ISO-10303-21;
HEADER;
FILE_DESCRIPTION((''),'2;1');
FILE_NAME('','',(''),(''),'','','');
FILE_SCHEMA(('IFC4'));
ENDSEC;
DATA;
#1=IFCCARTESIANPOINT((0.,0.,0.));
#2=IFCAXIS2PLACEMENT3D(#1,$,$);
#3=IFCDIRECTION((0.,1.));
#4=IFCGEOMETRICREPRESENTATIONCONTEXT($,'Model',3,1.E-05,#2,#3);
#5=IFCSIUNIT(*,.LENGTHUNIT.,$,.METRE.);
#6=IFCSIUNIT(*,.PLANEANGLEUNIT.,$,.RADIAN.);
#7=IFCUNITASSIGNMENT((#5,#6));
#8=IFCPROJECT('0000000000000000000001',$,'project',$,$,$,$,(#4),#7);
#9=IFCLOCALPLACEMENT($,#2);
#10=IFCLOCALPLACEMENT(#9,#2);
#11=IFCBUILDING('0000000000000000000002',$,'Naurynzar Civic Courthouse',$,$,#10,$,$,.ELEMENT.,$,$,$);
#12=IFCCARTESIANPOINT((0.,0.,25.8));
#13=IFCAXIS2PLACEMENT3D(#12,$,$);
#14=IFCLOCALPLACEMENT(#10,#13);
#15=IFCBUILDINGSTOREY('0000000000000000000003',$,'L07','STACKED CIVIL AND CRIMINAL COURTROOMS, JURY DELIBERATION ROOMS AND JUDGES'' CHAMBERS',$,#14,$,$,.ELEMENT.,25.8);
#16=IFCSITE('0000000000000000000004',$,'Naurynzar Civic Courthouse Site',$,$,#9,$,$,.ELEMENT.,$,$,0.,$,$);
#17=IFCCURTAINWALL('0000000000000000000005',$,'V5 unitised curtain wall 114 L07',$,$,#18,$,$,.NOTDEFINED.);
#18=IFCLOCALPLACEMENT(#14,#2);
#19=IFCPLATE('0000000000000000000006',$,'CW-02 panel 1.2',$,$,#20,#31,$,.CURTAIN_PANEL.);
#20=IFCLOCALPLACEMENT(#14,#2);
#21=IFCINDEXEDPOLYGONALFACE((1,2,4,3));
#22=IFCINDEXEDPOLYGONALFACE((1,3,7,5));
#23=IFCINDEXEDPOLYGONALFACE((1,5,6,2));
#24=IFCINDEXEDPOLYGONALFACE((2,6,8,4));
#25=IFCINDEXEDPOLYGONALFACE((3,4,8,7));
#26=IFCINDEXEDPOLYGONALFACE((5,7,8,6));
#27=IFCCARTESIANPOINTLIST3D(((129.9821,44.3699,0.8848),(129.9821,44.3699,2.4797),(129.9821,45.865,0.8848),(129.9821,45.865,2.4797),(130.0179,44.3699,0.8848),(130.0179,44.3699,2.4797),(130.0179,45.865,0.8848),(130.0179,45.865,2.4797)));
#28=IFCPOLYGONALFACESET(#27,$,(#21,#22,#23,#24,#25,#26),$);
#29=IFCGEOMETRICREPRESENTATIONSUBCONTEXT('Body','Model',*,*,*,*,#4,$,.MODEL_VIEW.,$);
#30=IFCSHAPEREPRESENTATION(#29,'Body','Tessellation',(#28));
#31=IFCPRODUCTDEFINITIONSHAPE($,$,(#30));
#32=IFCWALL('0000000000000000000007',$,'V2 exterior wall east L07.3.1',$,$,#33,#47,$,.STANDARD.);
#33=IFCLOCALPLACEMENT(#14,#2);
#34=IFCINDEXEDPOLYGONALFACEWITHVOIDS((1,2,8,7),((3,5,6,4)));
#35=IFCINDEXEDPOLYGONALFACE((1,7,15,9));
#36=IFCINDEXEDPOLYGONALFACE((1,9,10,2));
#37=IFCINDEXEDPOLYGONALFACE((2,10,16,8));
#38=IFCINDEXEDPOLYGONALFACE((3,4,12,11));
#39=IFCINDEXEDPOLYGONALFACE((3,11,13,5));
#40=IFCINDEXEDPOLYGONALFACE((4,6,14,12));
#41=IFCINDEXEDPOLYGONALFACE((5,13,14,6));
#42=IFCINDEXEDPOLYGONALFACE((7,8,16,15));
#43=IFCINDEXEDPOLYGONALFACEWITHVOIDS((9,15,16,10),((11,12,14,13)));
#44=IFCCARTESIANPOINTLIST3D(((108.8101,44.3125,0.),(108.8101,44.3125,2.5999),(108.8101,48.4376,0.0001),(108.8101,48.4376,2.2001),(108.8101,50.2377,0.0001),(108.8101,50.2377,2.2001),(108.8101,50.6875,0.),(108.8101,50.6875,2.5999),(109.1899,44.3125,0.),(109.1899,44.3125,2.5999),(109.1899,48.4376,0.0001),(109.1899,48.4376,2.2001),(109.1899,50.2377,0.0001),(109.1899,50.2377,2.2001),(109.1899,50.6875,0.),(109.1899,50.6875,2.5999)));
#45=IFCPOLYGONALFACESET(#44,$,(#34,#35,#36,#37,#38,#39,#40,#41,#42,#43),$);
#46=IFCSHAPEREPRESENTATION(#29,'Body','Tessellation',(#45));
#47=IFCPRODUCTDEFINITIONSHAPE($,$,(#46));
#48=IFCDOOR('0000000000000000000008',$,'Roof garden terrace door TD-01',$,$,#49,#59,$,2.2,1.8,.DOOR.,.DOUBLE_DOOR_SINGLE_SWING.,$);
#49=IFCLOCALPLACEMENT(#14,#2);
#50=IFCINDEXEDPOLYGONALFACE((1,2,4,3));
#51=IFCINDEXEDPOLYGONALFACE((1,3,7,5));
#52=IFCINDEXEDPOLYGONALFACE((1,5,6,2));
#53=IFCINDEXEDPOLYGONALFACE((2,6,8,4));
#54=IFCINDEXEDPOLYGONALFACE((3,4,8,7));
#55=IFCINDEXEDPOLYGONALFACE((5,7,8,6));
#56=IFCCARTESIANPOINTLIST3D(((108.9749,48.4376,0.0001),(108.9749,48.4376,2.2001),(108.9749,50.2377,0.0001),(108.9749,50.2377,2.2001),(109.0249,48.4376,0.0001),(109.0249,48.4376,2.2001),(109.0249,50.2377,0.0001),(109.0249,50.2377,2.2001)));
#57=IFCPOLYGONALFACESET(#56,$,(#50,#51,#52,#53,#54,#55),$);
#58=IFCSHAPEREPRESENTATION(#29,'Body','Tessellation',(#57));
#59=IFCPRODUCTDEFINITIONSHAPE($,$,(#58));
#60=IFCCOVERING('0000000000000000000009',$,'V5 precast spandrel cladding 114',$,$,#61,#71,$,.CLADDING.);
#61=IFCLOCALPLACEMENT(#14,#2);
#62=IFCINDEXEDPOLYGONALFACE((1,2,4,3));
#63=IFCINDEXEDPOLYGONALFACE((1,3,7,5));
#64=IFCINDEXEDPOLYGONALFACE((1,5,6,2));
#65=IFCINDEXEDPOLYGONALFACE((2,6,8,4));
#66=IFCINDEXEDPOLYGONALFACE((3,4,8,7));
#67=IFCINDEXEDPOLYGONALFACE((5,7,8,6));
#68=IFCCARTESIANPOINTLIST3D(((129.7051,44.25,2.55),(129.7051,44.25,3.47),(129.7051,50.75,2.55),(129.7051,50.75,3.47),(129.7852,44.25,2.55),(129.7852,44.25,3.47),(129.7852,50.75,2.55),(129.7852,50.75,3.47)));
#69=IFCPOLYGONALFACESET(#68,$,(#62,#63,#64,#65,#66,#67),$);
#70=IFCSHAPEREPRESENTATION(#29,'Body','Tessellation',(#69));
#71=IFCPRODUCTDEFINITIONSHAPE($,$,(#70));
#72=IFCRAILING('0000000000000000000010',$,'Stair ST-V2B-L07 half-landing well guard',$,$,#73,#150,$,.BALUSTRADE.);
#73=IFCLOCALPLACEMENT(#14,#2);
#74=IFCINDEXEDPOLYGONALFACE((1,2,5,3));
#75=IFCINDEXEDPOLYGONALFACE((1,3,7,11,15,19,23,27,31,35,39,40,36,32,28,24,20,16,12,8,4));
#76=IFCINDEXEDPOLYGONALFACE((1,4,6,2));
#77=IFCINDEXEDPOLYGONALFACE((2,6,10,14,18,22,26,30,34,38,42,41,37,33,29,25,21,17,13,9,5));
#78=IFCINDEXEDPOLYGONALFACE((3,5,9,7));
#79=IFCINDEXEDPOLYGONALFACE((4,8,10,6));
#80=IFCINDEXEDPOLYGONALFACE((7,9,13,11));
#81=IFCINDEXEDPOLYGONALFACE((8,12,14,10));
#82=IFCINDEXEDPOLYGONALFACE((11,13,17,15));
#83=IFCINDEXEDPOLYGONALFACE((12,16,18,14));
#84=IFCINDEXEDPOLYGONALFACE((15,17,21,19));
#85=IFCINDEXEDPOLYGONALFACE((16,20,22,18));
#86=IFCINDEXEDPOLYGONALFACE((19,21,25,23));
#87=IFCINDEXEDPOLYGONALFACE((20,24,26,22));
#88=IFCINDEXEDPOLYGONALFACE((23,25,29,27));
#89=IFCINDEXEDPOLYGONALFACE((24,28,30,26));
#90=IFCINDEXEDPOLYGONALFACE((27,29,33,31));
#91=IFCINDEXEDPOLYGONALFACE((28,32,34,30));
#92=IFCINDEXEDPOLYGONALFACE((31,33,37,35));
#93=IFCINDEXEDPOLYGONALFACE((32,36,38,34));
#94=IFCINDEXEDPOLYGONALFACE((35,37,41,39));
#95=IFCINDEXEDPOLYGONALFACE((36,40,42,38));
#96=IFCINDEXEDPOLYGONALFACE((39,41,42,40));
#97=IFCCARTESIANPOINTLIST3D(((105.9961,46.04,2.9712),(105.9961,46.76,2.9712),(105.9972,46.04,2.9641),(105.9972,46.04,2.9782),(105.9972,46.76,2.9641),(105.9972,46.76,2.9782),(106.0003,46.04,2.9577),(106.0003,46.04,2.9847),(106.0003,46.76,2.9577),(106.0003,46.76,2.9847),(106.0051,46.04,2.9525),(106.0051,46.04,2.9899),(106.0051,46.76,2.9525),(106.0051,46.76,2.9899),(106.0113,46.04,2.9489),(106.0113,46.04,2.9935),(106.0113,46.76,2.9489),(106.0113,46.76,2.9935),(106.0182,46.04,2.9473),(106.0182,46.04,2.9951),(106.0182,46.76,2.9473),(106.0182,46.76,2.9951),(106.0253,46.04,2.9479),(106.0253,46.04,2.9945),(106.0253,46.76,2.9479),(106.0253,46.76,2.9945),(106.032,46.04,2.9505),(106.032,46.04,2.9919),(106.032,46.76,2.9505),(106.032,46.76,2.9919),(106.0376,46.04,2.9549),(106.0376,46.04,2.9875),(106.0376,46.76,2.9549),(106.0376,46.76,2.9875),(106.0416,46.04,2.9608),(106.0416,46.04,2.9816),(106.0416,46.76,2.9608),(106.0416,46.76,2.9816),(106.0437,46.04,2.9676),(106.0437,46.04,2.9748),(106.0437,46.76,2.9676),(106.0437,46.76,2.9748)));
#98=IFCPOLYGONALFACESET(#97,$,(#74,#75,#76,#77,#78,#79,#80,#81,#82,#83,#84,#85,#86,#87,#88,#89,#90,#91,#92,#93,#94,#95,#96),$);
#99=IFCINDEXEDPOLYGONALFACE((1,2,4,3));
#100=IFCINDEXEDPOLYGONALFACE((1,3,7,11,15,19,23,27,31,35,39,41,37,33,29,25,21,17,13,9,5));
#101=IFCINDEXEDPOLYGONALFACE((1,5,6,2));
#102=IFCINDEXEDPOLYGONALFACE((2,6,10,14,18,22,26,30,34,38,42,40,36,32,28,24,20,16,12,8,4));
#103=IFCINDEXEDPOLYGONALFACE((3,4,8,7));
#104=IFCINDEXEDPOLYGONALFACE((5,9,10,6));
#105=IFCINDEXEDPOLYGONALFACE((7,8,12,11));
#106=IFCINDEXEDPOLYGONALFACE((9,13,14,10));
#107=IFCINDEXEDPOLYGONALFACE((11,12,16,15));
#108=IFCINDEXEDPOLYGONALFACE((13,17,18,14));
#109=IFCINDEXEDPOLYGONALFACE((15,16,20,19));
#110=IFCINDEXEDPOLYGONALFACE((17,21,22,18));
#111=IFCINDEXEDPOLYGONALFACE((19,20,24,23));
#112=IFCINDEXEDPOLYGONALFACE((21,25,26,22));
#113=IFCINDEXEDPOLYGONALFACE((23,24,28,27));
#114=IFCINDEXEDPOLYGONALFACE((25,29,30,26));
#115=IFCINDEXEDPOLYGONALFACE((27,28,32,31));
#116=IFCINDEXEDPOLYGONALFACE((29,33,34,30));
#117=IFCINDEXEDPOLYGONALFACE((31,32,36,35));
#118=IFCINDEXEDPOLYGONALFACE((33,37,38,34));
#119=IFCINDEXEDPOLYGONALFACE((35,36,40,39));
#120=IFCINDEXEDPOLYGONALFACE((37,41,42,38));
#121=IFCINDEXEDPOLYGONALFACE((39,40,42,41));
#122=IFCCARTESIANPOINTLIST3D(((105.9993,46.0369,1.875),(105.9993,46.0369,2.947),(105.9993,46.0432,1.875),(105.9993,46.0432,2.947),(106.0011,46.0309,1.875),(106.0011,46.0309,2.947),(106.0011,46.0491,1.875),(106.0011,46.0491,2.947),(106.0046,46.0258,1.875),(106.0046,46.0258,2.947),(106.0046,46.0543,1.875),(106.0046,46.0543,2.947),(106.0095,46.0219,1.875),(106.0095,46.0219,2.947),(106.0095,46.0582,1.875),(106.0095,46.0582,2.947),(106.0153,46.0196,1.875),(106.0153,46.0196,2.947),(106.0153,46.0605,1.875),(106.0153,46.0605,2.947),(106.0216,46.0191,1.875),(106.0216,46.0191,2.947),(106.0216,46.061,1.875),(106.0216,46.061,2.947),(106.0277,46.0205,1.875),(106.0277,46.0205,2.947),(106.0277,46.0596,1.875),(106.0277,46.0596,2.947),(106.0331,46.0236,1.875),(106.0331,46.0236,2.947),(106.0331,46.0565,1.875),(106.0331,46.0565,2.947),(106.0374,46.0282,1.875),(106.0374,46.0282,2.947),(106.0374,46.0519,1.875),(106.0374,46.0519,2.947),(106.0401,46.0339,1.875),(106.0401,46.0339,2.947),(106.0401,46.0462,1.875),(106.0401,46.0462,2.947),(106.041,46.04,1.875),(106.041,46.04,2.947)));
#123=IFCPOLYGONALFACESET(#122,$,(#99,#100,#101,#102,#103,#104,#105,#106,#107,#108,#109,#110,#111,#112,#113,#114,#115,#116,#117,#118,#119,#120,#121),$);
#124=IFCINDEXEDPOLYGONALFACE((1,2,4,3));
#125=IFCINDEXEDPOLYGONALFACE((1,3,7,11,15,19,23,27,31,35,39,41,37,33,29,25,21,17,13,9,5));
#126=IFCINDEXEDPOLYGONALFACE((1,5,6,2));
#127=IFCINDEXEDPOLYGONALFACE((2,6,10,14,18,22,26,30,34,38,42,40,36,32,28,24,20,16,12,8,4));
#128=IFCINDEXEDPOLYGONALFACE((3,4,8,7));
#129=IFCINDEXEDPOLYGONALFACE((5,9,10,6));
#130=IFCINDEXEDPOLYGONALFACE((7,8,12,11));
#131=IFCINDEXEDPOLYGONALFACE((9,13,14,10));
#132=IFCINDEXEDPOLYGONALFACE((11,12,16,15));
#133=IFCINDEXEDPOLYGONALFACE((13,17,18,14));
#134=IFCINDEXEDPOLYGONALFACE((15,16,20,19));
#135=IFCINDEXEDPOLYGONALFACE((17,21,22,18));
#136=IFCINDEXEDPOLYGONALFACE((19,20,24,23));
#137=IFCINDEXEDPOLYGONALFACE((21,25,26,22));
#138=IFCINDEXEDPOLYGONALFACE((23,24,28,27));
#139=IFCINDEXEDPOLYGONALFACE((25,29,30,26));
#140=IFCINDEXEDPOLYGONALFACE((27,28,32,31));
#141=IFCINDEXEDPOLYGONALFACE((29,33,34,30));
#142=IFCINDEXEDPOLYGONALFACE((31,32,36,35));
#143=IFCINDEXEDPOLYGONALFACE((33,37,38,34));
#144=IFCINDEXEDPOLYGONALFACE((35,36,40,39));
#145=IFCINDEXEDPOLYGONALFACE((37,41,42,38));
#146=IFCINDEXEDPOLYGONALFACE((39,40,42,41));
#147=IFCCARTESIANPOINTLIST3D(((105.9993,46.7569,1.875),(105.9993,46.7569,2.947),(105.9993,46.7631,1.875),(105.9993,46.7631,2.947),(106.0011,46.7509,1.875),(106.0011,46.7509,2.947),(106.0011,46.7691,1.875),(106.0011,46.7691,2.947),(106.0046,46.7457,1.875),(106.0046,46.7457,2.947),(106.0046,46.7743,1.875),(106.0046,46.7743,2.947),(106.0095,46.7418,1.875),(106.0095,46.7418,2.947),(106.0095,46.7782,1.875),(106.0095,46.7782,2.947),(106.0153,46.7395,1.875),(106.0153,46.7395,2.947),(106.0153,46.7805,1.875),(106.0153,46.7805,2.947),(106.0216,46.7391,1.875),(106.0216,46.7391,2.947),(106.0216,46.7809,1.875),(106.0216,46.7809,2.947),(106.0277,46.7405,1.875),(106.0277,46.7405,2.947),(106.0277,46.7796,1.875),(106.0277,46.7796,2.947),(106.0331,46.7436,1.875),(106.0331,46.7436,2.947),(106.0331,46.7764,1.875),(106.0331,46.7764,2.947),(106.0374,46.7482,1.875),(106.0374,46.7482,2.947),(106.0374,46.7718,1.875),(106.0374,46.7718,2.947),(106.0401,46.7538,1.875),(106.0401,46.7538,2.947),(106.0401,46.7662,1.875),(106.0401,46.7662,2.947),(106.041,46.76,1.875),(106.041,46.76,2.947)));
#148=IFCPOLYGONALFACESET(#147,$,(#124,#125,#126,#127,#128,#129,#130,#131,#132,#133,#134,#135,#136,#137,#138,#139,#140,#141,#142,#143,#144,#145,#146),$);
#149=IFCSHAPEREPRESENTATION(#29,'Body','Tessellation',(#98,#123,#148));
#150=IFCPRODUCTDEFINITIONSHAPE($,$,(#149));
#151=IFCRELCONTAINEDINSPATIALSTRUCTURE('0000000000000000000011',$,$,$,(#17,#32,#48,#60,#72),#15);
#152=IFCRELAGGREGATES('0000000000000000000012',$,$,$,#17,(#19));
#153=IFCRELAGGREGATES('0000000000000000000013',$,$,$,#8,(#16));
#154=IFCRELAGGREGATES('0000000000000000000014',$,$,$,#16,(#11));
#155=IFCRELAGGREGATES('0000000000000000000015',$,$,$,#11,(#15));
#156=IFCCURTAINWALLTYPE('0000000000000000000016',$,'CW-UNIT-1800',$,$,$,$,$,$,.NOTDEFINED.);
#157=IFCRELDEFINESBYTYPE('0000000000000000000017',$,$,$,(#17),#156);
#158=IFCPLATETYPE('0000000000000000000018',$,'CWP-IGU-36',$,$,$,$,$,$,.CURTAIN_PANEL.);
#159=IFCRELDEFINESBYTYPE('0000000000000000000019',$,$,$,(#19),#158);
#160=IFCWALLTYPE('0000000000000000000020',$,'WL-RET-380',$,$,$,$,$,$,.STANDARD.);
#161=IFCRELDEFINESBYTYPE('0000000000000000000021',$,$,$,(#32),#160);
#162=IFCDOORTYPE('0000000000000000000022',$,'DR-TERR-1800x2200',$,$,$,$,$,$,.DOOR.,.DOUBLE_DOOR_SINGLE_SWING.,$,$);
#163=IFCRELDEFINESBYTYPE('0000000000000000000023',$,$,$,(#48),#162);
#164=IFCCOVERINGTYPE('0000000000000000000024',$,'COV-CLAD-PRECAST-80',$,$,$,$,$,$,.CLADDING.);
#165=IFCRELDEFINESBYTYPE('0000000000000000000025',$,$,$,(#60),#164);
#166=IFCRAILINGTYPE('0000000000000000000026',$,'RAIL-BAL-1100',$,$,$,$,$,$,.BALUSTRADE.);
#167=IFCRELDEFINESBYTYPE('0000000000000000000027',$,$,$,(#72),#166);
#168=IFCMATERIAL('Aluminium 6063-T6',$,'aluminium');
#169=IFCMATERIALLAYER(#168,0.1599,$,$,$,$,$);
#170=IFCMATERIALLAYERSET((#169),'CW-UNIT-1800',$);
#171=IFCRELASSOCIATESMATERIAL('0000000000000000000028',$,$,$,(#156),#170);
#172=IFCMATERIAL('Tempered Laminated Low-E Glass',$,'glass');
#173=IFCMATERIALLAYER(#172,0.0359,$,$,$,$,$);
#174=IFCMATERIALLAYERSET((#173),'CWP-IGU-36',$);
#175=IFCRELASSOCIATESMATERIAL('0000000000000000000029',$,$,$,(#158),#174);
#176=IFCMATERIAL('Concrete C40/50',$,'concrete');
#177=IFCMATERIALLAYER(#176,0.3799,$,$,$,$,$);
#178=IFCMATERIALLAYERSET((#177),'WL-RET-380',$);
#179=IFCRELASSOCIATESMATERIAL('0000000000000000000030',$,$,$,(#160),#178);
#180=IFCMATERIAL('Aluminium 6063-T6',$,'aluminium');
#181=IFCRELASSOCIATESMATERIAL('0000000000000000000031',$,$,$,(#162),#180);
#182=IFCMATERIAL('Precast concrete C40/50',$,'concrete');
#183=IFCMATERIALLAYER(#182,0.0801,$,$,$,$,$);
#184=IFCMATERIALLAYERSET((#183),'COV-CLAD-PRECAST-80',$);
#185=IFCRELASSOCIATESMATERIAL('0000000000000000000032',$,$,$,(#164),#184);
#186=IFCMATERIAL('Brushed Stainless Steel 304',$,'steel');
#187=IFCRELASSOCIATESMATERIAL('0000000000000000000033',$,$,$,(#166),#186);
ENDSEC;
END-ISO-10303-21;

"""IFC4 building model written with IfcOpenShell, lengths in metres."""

from ifc_helpers import new_model, si_unit, direction, frame, frame_2d, origin, origin_2d, place, context, subcontext, project, spatial, rectangle, circle, extrude, material, layer, layer_set, type_object, element, fill, aggregate, save


model = new_model("IFC4")

# Units and contexts
model_context = context("Model", 3, precision=1e-05, world=origin(), true_north=direction((0.0, 1.0)))
body_context = subcontext(model_context, "Body", "Model", "MODEL_VIEW")
ifc_project = project(units=[si_unit("LENGTHUNIT", "METRE"), si_unit("PLANEANGLEUNIT", "RADIAN")], contexts=[model_context])

# Site, building, storey
site_placement = place(None, origin())
site = spatial("IfcSite", under=ifc_project, at=site_placement, Name="Naurynzar Civic Courthouse Site", CompositionType="ELEMENT", RefElevation=0.0)
building_placement = place(site_placement, origin())
building = spatial("IfcBuilding", under=site, at=building_placement, Name="Naurynzar Civic Courthouse", CompositionType="ELEMENT")
storey_placement = place(building_placement, frame((0.0, 0.0, 25.8)))
storey = spatial("IfcBuildingStorey", under=building, at=storey_placement, Name="L07", Description="STACKED CIVIL AND CRIMINAL COURTROOMS, JURY DELIBERATION ROOMS AND JUDGES' CHAMBERS", CompositionType="ELEMENT", Elevation=25.8)

# Curtain wall, plate
ifc_material_1 = material(Name="Aluminium 6063-T6", Category="aluminium")
ifc_layer_1 = layer(ifc_material_1, 0.1599)
ifc_layer_set_1 = layer_set([ifc_layer_1], Name="CW-UNIT-1800")
curtain_wall_type = type_object("IfcCurtainWallType", Name="CW-UNIT-1800", PredefinedType="NOTDEFINED", material=ifc_layer_set_1)
curtain_wall_placement = place(storey_placement, origin())
curtain_wall = element("IfcCurtainWall", 1, at=curtain_wall_placement, inside=storey, type_object=curtain_wall_type, Name="V5 unitised curtain wall 114 L07", PredefinedType="NOTDEFINED")
ifc_material_2 = material(Name="Tempered Laminated Low-E Glass", Category="glass")
ifc_layer_2 = layer(ifc_material_2, 0.0359)
ifc_layer_set_2 = layer_set([ifc_layer_2], Name="CWP-IGU-36")
plate_type = type_object("IfcPlateType", Name="CWP-IGU-36", PredefinedType="CURTAIN_PANEL", material=ifc_layer_set_2)
plate_1_placement = place(storey_placement, frame((130.0, 45.1174, 0.8848), z_axis=(0.0, 0.0, 1.0), x_axis=(0.0, 1.0, 0.0)))
plate_1 = element("IfcPlate", 2, at=plate_1_placement, type_object=plate_type, Name="CW-02 panel 1.2", PredefinedType="CURTAIN_PANEL", context=body_context, shape_type="SweptSolid", body=[
    extrude(rectangle(XDim=1.4951, YDim=0.0359, at=origin_2d()), origin(), (0.0, 0.0, 1.0), 1.595),
])
aggregate(curtain_wall, [plate_1])

# Wall, opening, door
ifc_material_3 = material(Name="Concrete C40/50", Category="concrete")
ifc_layer_3 = layer(ifc_material_3, 0.3799)
ifc_layer_set_3 = layer_set([ifc_layer_3], Name="WL-RET-380")
wall_type_1 = type_object("IfcWallType", Name="WL-RET-380", PredefinedType="STANDARD", material=ifc_layer_set_3)
wall_1_placement = place(storey_placement, frame((109.0, 50.6875, 0.0), z_axis=(0.0, 0.0, 1.0), x_axis=(0.0, -1.0, 0.0)))
wall_1 = element("IfcWall", 3, at=wall_1_placement, inside=storey, type_object=wall_type_1, Name="V2 exterior wall east L07.3.1", PredefinedType="STANDARD", context=body_context, shape_type="SweptSolid", body=[
    extrude(rectangle(XDim=6.375, YDim=0.3799, at=frame_2d((3.1875, 0.0))), origin(), (0.0, 0.0, 1.0), 2.5999),
])
opening_1_placement = place(wall_1_placement, frame((0.45, 0.0, 0.0)))
opening_1 = element("IfcOpeningElement", 4, at=opening_1_placement, cuts=wall_1, PredefinedType="OPENING", context=body_context, shape_type="SweptSolid", body=[
    extrude(rectangle(XDim=1.8, YDim=2.2, at=frame_2d((0.8999, 1.1001))), frame((0.0, 0.2, 0.0), z_axis=(0.0, -1.0, 0.0), x_axis=(1.0, 0.0, 0.0)), (0.0, 0.0, 1.0), 0.3999),
])
ifc_material_4 = material(Name="Aluminium 6063-T6", Category="aluminium")
door_type_1 = type_object("IfcDoorType", Name="DR-TERR-1800x2200", OperationType="DOUBLE_DOOR_SINGLE_SWING", PredefinedType="DOOR", material=ifc_material_4)
door_1_placement = place(opening_1_placement, origin())
door_1 = element("IfcDoor", 5, at=door_1_placement, inside=storey, type_object=door_type_1, Name="Roof garden terrace door TD-01", OperationType="DOUBLE_DOOR_SINGLE_SWING", OverallHeight=2.2, OverallWidth=1.8, PredefinedType="DOOR", context=body_context, shape_type="SweptSolid", body=[
    extrude(rectangle(XDim=1.8, YDim=2.2, at=frame_2d((0.8999, 1.1001))), frame((0.0, 0.0249, 0.0), z_axis=(0.0, -1.0, 0.0), x_axis=(1.0, 0.0, 0.0)), (0.0, 0.0, 1.0), 0.05),
])
fill(opening_1, door_1)

# Covering
ifc_material_5 = material(Name="Precast concrete C40/50", Category="concrete")
ifc_layer_4 = layer(ifc_material_5, 0.0801)
ifc_layer_set_4 = layer_set([ifc_layer_4], Name="COV-CLAD-PRECAST-80")
covering_type = type_object("IfcCoveringType", Name="COV-CLAD-PRECAST-80", PredefinedType="CLADDING", material=ifc_layer_set_4)
covering_placement = place(storey_placement, frame((129.7451, 47.5, 2.55), z_axis=(0.0, 0.0, 1.0), x_axis=(0.0, 1.0, 0.0)))
element("IfcCovering", 6, at=covering_placement, inside=storey, type_object=covering_type, Name="V5 precast spandrel cladding 114", PredefinedType="CLADDING", context=body_context, shape_type="SweptSolid", body=[
    extrude(rectangle(XDim=6.5, YDim=0.0801, at=origin_2d()), origin(), (0.0, 0.0, 1.0), 0.9199),
])

# Railing
ifc_material_6 = material(Name="Brushed Stainless Steel 304", Category="steel")
railing_type = type_object("IfcRailingType", Name="RAIL-BAL-1100", PredefinedType="BALUSTRADE", material=ifc_material_6)
railing_1_placement = place(storey_placement, frame((106.02, 46.04, 1.875)))
element("IfcRailing", 7, at=railing_1_placement, inside=storey, type_object=railing_type, Name="Stair ST-V2B-L07 half-landing well guard", PredefinedType="BALUSTRADE", context=body_context, shape_type="SweptSolid", body=[
    extrude(circle(Radius=0.0239, at=origin_2d()), frame((0.0, 0.0, 1.0962), z_axis=(0.0, 1.0, 0.0), x_axis=(-1.0, 0.0, 0.0)), (0.0, 0.0, 1.0), 0.72),
    extrude(circle(Radius=0.021, at=origin_2d()), origin(), (0.0, 0.0, 1.0), 1.072),
    extrude(circle(Radius=0.021, at=origin_2d()), frame((0.0, 0.72, 0.0)), (0.0, 0.0, 1.0), 1.072),
])

save(model, "model.ifc")
